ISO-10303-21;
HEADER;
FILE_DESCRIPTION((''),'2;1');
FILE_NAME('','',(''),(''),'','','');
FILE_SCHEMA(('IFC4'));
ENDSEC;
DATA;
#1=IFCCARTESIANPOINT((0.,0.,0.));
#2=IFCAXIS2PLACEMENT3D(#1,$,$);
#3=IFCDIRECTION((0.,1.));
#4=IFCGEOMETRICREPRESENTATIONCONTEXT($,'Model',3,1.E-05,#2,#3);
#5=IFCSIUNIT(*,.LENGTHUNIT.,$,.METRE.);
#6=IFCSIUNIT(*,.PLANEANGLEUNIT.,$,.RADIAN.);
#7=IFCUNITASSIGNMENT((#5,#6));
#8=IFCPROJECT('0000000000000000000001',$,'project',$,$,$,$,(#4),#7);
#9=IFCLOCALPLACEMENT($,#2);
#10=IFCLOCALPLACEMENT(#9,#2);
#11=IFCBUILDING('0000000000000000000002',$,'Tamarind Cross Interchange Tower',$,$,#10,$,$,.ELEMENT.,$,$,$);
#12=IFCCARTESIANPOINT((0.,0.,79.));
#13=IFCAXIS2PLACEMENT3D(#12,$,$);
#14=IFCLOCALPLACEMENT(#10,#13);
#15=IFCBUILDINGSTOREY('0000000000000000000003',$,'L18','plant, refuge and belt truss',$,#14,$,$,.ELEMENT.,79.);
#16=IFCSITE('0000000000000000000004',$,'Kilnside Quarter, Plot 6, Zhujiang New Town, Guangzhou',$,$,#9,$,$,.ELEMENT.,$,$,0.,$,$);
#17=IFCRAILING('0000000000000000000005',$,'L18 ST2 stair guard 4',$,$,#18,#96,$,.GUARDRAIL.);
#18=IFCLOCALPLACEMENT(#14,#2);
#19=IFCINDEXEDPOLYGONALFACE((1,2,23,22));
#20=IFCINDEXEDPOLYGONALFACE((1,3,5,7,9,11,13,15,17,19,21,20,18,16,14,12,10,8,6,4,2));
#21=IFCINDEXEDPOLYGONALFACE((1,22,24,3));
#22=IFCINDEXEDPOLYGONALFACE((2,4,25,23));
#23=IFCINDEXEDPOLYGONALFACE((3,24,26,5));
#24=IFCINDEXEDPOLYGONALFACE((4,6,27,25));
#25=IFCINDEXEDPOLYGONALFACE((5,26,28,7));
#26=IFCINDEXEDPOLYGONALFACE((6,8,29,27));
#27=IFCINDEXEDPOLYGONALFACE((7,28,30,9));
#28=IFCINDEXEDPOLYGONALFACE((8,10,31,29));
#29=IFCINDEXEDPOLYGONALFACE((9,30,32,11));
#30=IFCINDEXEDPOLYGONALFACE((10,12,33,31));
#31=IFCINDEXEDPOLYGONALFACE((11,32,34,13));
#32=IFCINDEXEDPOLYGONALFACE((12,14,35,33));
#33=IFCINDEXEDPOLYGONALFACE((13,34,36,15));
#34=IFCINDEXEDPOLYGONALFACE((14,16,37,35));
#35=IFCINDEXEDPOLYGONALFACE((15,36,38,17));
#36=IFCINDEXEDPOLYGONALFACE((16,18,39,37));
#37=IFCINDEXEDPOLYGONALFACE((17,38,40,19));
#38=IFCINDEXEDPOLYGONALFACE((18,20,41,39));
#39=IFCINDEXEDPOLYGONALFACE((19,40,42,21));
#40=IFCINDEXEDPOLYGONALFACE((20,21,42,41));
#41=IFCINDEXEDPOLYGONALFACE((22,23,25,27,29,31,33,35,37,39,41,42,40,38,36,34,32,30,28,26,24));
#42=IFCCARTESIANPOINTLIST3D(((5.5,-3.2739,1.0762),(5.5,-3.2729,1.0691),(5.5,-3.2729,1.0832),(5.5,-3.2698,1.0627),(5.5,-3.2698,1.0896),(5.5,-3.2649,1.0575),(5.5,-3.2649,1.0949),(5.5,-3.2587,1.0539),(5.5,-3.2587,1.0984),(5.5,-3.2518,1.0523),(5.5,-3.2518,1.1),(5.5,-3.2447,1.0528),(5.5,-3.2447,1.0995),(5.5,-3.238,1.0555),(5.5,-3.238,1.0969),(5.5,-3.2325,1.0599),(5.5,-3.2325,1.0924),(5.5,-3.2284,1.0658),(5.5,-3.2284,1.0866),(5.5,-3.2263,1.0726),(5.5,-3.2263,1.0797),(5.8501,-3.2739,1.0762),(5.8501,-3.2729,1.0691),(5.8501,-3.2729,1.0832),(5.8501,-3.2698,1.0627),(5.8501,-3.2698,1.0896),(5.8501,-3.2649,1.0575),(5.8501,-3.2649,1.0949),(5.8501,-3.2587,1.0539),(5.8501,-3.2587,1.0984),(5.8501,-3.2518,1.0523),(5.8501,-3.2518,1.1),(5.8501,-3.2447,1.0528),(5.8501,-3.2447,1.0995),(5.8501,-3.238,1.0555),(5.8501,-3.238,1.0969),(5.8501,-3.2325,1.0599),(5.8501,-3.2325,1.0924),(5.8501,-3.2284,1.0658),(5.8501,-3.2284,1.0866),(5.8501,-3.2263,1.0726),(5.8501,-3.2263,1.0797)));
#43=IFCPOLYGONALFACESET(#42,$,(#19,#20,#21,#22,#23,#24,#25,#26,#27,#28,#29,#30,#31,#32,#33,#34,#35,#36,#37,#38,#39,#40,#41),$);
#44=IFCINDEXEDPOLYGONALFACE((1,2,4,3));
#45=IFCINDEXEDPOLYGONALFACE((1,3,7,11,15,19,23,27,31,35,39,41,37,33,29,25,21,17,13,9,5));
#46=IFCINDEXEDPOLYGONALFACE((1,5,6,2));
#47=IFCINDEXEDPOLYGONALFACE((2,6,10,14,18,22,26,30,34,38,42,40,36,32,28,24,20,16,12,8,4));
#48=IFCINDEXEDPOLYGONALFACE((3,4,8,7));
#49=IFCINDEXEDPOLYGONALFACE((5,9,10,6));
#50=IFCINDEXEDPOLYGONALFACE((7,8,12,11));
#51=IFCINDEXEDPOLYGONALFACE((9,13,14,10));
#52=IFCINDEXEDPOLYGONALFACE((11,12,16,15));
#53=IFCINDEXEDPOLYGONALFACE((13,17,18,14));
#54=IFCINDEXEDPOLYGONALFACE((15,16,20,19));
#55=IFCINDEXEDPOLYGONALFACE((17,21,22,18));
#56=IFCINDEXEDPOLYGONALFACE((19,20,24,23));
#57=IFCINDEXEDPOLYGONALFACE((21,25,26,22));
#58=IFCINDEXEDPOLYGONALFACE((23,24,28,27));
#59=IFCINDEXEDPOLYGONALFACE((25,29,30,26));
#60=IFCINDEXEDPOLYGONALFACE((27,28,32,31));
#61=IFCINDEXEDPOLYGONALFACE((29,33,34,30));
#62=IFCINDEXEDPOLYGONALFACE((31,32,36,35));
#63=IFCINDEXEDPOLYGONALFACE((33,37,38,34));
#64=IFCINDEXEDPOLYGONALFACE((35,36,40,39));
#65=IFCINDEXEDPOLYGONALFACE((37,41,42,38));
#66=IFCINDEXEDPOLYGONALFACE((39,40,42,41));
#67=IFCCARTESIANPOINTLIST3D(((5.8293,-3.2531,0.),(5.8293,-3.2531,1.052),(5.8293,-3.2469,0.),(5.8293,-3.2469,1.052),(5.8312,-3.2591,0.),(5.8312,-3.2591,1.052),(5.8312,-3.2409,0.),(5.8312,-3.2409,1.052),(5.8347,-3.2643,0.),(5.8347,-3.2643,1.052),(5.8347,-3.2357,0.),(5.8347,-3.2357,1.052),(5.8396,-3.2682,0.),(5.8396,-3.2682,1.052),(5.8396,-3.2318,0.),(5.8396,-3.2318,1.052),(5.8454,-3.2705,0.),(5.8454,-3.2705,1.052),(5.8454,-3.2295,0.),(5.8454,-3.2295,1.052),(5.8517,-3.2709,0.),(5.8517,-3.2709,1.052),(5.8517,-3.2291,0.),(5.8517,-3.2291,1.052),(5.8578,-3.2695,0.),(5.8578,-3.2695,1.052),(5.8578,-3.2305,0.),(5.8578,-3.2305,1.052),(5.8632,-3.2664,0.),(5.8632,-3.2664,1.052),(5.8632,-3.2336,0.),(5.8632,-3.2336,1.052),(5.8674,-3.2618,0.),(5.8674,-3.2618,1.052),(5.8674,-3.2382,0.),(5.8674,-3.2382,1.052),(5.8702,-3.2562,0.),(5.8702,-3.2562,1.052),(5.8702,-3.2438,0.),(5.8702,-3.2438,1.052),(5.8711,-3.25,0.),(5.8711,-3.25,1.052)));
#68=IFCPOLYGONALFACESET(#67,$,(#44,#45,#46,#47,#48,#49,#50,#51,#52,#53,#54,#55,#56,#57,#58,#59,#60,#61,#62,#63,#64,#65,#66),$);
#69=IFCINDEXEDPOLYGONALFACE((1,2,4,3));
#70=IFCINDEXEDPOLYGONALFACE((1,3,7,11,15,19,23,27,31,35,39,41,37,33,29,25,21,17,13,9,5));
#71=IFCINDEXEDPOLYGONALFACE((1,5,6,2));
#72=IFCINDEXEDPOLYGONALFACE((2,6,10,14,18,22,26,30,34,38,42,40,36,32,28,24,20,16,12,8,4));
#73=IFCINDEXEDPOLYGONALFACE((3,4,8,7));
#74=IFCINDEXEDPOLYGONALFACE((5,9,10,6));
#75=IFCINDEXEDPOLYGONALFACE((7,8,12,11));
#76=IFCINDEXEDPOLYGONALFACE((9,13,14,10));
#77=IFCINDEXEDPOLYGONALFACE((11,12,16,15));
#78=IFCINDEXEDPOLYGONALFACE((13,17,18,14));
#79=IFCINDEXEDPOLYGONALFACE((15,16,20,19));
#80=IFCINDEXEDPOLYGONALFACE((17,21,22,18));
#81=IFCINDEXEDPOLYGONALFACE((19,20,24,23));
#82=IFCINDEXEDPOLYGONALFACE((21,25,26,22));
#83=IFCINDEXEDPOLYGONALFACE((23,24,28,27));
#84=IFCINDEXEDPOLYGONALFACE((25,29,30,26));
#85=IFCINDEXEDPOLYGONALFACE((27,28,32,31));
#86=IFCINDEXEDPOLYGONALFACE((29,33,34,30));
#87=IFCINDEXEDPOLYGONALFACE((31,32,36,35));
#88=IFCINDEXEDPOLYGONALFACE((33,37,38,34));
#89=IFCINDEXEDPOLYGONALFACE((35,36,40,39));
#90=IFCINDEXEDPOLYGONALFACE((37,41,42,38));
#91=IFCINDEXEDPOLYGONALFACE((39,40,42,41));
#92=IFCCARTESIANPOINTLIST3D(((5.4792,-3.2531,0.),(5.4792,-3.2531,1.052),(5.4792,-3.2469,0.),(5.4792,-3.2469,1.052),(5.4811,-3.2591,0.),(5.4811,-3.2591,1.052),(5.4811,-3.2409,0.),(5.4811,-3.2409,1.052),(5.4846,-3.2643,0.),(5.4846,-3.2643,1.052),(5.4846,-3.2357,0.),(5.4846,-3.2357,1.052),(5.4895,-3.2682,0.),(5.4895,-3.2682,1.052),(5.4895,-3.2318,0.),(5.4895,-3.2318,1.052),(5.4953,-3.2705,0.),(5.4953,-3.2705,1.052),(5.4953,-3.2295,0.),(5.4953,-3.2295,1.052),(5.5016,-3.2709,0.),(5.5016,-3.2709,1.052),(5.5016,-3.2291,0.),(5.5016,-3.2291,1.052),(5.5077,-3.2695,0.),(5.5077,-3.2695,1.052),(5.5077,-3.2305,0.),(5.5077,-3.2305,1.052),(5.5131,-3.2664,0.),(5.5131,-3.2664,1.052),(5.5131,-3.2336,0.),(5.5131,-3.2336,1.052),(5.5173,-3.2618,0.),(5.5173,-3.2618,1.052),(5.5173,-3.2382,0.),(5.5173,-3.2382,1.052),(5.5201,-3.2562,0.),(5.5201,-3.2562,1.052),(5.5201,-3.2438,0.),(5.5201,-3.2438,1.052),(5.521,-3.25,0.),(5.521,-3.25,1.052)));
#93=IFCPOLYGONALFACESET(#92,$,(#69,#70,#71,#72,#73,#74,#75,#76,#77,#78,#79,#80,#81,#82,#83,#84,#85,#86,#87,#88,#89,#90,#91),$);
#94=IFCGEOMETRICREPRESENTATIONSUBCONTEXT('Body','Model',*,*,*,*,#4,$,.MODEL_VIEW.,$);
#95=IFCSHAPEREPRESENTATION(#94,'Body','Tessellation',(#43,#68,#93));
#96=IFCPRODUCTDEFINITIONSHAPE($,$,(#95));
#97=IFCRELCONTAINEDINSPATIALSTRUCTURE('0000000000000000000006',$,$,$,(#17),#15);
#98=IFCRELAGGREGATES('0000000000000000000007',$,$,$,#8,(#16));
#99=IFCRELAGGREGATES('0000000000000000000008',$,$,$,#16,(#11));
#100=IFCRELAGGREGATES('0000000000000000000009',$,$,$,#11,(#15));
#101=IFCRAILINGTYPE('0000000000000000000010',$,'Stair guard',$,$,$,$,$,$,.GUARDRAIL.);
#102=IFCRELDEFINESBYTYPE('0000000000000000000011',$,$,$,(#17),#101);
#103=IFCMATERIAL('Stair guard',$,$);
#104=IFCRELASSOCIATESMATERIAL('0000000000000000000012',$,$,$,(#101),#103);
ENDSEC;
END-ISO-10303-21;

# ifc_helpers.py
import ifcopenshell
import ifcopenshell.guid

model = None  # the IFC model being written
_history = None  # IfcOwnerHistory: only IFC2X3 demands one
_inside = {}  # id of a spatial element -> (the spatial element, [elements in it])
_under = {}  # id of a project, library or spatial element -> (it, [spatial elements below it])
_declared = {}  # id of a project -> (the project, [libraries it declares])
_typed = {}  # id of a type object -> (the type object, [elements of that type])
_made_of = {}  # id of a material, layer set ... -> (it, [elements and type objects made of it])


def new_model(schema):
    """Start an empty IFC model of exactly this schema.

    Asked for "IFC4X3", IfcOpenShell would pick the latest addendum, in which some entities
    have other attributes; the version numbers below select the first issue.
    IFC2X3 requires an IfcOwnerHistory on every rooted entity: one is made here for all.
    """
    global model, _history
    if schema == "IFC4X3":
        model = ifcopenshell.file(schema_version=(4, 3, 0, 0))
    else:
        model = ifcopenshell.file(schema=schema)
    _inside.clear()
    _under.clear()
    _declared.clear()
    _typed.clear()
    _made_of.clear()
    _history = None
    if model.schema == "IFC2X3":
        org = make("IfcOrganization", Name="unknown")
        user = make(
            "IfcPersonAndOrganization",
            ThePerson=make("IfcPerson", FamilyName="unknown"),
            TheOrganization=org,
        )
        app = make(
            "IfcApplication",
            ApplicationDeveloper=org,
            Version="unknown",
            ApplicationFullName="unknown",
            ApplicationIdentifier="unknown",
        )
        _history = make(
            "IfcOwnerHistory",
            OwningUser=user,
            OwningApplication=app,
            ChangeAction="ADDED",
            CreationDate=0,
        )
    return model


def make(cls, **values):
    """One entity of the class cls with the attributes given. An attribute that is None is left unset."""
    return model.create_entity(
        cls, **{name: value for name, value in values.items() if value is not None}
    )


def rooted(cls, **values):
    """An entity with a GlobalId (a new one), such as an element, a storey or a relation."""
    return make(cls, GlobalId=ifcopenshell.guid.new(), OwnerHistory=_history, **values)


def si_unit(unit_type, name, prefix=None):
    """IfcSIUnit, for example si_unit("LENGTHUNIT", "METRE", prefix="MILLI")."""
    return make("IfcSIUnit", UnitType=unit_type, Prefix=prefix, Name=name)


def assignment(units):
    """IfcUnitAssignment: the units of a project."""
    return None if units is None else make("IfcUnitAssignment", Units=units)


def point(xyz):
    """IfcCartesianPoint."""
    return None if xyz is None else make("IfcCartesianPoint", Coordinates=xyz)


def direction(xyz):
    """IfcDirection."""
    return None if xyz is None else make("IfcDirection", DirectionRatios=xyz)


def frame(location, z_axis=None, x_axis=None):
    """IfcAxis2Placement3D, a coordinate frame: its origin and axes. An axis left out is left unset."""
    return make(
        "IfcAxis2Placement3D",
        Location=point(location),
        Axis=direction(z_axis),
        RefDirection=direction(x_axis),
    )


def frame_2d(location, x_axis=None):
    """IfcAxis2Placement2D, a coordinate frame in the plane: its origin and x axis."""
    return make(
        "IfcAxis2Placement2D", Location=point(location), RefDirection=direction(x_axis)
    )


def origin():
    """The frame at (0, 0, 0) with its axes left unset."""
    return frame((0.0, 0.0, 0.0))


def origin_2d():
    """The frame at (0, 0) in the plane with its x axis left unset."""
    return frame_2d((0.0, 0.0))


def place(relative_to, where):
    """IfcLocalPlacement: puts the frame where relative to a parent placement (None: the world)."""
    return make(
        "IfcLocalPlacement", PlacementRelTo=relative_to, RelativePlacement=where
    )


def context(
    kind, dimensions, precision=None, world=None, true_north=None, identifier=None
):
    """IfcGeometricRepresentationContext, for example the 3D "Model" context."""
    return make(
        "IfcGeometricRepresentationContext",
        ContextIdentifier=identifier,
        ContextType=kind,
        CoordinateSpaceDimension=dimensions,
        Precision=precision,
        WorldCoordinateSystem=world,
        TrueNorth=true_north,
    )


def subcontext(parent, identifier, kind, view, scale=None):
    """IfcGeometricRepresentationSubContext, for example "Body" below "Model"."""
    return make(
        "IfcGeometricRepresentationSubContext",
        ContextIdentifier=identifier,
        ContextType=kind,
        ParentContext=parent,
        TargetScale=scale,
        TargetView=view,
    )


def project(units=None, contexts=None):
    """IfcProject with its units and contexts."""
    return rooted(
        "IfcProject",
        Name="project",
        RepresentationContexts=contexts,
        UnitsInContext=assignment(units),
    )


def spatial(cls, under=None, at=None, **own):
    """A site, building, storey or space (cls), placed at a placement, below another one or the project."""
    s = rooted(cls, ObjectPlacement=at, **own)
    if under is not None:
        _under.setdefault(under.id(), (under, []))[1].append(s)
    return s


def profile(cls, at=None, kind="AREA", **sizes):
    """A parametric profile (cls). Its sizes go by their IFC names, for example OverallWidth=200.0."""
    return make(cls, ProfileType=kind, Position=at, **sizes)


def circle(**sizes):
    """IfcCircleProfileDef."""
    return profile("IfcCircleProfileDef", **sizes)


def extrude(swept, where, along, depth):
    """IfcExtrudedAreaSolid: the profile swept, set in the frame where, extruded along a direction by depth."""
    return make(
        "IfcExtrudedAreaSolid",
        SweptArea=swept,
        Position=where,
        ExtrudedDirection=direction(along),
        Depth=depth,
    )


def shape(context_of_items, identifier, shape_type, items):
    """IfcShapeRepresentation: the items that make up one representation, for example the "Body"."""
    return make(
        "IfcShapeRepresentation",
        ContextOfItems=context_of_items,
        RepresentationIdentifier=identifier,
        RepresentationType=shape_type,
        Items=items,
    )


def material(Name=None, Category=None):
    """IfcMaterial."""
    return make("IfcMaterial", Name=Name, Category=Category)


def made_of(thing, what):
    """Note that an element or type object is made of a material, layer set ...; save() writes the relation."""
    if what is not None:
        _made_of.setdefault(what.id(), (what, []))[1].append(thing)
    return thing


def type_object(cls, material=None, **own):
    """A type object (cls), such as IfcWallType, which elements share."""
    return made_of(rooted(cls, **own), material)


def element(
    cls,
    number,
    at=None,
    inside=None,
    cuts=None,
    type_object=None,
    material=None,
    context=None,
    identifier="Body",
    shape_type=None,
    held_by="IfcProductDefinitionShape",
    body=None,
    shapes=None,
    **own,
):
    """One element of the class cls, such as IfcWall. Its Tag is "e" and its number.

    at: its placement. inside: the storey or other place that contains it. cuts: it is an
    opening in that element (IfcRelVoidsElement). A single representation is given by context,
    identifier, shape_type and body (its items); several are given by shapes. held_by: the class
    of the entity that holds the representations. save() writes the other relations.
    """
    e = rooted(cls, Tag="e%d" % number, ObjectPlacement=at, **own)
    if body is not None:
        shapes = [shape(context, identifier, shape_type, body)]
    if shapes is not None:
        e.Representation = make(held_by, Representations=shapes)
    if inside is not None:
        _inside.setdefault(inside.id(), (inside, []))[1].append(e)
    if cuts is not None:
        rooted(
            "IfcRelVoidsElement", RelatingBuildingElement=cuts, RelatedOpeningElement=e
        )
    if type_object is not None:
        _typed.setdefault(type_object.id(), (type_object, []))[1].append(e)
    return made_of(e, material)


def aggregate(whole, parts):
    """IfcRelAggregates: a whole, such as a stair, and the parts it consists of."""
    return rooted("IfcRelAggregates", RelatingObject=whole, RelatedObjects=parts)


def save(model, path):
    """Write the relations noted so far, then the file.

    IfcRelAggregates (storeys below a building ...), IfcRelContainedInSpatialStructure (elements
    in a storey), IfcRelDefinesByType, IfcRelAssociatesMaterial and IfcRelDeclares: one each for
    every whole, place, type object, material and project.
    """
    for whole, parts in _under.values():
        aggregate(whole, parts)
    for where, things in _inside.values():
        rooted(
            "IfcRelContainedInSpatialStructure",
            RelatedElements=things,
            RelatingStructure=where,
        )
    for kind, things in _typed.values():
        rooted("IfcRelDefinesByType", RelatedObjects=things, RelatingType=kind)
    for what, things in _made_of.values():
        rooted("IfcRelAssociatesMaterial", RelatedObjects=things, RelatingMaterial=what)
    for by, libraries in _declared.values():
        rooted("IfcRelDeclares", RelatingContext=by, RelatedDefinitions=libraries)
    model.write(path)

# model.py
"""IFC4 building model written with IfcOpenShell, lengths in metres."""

from ifc_helpers import new_model, si_unit, direction, frame, origin, origin_2d, place, context, subcontext, project, spatial, circle, extrude, material, type_object, element, save


model = new_model("IFC4")

# Units and contexts
model_context = context("Model", 3, precision=1e-05, world=origin(), true_north=direction((0.0, 1.0)))
body_context = subcontext(model_context, "Body", "Model", "MODEL_VIEW")
ifc_project = project(units=[si_unit("LENGTHUNIT", "METRE"), si_unit("PLANEANGLEUNIT", "RADIAN")], contexts=[model_context])

# Site, building, storey
site_placement = place(None, origin())
site = spatial("IfcSite", under=ifc_project, at=site_placement, Name="Kilnside Quarter, Plot 6, Zhujiang New Town, Guangzhou", CompositionType="ELEMENT", RefElevation=0.0)
building_placement = place(site_placement, origin())
building = spatial("IfcBuilding", under=site, at=building_placement, Name="Tamarind Cross Interchange Tower", CompositionType="ELEMENT")
storey_placement = place(building_placement, frame((0.0, 0.0, 79.0)))
storey = spatial("IfcBuildingStorey", under=building, at=storey_placement, Name="L18", Description="plant, refuge and belt truss", CompositionType="ELEMENT", Elevation=79.0)

# Railing
ifc_material_1 = material(Name="Stair guard")
railing_type_1 = type_object("IfcRailingType", Name="Stair guard", PredefinedType="GUARDRAIL", material=ifc_material_1)
railing_1_placement = place(storey_placement, frame((5.8501, -3.25, 0.0)))
element("IfcRailing", 1, at=railing_1_placement, inside=storey, type_object=railing_type_1, Name="L18 ST2 stair guard 4", PredefinedType="GUARDRAIL", context=body_context, shape_type="SweptSolid", body=[
    extrude(circle(Radius=0.0239, at=origin_2d()), frame((0.0, 0.0, 1.0762), z_axis=(-1.0, 0.0, 0.0), x_axis=(0.0, -1.0, 0.0)), (0.0, 0.0, 1.0), 0.3501),
    extrude(circle(Radius=0.021, at=origin_2d()), origin(), (0.0, 0.0, 1.0), 1.052),
    extrude(circle(Radius=0.021, at=origin_2d()), frame((-0.3501, 0.0, 0.0)), (0.0, 0.0, 1.0), 1.052),
])

save(model, "model.ifc")
